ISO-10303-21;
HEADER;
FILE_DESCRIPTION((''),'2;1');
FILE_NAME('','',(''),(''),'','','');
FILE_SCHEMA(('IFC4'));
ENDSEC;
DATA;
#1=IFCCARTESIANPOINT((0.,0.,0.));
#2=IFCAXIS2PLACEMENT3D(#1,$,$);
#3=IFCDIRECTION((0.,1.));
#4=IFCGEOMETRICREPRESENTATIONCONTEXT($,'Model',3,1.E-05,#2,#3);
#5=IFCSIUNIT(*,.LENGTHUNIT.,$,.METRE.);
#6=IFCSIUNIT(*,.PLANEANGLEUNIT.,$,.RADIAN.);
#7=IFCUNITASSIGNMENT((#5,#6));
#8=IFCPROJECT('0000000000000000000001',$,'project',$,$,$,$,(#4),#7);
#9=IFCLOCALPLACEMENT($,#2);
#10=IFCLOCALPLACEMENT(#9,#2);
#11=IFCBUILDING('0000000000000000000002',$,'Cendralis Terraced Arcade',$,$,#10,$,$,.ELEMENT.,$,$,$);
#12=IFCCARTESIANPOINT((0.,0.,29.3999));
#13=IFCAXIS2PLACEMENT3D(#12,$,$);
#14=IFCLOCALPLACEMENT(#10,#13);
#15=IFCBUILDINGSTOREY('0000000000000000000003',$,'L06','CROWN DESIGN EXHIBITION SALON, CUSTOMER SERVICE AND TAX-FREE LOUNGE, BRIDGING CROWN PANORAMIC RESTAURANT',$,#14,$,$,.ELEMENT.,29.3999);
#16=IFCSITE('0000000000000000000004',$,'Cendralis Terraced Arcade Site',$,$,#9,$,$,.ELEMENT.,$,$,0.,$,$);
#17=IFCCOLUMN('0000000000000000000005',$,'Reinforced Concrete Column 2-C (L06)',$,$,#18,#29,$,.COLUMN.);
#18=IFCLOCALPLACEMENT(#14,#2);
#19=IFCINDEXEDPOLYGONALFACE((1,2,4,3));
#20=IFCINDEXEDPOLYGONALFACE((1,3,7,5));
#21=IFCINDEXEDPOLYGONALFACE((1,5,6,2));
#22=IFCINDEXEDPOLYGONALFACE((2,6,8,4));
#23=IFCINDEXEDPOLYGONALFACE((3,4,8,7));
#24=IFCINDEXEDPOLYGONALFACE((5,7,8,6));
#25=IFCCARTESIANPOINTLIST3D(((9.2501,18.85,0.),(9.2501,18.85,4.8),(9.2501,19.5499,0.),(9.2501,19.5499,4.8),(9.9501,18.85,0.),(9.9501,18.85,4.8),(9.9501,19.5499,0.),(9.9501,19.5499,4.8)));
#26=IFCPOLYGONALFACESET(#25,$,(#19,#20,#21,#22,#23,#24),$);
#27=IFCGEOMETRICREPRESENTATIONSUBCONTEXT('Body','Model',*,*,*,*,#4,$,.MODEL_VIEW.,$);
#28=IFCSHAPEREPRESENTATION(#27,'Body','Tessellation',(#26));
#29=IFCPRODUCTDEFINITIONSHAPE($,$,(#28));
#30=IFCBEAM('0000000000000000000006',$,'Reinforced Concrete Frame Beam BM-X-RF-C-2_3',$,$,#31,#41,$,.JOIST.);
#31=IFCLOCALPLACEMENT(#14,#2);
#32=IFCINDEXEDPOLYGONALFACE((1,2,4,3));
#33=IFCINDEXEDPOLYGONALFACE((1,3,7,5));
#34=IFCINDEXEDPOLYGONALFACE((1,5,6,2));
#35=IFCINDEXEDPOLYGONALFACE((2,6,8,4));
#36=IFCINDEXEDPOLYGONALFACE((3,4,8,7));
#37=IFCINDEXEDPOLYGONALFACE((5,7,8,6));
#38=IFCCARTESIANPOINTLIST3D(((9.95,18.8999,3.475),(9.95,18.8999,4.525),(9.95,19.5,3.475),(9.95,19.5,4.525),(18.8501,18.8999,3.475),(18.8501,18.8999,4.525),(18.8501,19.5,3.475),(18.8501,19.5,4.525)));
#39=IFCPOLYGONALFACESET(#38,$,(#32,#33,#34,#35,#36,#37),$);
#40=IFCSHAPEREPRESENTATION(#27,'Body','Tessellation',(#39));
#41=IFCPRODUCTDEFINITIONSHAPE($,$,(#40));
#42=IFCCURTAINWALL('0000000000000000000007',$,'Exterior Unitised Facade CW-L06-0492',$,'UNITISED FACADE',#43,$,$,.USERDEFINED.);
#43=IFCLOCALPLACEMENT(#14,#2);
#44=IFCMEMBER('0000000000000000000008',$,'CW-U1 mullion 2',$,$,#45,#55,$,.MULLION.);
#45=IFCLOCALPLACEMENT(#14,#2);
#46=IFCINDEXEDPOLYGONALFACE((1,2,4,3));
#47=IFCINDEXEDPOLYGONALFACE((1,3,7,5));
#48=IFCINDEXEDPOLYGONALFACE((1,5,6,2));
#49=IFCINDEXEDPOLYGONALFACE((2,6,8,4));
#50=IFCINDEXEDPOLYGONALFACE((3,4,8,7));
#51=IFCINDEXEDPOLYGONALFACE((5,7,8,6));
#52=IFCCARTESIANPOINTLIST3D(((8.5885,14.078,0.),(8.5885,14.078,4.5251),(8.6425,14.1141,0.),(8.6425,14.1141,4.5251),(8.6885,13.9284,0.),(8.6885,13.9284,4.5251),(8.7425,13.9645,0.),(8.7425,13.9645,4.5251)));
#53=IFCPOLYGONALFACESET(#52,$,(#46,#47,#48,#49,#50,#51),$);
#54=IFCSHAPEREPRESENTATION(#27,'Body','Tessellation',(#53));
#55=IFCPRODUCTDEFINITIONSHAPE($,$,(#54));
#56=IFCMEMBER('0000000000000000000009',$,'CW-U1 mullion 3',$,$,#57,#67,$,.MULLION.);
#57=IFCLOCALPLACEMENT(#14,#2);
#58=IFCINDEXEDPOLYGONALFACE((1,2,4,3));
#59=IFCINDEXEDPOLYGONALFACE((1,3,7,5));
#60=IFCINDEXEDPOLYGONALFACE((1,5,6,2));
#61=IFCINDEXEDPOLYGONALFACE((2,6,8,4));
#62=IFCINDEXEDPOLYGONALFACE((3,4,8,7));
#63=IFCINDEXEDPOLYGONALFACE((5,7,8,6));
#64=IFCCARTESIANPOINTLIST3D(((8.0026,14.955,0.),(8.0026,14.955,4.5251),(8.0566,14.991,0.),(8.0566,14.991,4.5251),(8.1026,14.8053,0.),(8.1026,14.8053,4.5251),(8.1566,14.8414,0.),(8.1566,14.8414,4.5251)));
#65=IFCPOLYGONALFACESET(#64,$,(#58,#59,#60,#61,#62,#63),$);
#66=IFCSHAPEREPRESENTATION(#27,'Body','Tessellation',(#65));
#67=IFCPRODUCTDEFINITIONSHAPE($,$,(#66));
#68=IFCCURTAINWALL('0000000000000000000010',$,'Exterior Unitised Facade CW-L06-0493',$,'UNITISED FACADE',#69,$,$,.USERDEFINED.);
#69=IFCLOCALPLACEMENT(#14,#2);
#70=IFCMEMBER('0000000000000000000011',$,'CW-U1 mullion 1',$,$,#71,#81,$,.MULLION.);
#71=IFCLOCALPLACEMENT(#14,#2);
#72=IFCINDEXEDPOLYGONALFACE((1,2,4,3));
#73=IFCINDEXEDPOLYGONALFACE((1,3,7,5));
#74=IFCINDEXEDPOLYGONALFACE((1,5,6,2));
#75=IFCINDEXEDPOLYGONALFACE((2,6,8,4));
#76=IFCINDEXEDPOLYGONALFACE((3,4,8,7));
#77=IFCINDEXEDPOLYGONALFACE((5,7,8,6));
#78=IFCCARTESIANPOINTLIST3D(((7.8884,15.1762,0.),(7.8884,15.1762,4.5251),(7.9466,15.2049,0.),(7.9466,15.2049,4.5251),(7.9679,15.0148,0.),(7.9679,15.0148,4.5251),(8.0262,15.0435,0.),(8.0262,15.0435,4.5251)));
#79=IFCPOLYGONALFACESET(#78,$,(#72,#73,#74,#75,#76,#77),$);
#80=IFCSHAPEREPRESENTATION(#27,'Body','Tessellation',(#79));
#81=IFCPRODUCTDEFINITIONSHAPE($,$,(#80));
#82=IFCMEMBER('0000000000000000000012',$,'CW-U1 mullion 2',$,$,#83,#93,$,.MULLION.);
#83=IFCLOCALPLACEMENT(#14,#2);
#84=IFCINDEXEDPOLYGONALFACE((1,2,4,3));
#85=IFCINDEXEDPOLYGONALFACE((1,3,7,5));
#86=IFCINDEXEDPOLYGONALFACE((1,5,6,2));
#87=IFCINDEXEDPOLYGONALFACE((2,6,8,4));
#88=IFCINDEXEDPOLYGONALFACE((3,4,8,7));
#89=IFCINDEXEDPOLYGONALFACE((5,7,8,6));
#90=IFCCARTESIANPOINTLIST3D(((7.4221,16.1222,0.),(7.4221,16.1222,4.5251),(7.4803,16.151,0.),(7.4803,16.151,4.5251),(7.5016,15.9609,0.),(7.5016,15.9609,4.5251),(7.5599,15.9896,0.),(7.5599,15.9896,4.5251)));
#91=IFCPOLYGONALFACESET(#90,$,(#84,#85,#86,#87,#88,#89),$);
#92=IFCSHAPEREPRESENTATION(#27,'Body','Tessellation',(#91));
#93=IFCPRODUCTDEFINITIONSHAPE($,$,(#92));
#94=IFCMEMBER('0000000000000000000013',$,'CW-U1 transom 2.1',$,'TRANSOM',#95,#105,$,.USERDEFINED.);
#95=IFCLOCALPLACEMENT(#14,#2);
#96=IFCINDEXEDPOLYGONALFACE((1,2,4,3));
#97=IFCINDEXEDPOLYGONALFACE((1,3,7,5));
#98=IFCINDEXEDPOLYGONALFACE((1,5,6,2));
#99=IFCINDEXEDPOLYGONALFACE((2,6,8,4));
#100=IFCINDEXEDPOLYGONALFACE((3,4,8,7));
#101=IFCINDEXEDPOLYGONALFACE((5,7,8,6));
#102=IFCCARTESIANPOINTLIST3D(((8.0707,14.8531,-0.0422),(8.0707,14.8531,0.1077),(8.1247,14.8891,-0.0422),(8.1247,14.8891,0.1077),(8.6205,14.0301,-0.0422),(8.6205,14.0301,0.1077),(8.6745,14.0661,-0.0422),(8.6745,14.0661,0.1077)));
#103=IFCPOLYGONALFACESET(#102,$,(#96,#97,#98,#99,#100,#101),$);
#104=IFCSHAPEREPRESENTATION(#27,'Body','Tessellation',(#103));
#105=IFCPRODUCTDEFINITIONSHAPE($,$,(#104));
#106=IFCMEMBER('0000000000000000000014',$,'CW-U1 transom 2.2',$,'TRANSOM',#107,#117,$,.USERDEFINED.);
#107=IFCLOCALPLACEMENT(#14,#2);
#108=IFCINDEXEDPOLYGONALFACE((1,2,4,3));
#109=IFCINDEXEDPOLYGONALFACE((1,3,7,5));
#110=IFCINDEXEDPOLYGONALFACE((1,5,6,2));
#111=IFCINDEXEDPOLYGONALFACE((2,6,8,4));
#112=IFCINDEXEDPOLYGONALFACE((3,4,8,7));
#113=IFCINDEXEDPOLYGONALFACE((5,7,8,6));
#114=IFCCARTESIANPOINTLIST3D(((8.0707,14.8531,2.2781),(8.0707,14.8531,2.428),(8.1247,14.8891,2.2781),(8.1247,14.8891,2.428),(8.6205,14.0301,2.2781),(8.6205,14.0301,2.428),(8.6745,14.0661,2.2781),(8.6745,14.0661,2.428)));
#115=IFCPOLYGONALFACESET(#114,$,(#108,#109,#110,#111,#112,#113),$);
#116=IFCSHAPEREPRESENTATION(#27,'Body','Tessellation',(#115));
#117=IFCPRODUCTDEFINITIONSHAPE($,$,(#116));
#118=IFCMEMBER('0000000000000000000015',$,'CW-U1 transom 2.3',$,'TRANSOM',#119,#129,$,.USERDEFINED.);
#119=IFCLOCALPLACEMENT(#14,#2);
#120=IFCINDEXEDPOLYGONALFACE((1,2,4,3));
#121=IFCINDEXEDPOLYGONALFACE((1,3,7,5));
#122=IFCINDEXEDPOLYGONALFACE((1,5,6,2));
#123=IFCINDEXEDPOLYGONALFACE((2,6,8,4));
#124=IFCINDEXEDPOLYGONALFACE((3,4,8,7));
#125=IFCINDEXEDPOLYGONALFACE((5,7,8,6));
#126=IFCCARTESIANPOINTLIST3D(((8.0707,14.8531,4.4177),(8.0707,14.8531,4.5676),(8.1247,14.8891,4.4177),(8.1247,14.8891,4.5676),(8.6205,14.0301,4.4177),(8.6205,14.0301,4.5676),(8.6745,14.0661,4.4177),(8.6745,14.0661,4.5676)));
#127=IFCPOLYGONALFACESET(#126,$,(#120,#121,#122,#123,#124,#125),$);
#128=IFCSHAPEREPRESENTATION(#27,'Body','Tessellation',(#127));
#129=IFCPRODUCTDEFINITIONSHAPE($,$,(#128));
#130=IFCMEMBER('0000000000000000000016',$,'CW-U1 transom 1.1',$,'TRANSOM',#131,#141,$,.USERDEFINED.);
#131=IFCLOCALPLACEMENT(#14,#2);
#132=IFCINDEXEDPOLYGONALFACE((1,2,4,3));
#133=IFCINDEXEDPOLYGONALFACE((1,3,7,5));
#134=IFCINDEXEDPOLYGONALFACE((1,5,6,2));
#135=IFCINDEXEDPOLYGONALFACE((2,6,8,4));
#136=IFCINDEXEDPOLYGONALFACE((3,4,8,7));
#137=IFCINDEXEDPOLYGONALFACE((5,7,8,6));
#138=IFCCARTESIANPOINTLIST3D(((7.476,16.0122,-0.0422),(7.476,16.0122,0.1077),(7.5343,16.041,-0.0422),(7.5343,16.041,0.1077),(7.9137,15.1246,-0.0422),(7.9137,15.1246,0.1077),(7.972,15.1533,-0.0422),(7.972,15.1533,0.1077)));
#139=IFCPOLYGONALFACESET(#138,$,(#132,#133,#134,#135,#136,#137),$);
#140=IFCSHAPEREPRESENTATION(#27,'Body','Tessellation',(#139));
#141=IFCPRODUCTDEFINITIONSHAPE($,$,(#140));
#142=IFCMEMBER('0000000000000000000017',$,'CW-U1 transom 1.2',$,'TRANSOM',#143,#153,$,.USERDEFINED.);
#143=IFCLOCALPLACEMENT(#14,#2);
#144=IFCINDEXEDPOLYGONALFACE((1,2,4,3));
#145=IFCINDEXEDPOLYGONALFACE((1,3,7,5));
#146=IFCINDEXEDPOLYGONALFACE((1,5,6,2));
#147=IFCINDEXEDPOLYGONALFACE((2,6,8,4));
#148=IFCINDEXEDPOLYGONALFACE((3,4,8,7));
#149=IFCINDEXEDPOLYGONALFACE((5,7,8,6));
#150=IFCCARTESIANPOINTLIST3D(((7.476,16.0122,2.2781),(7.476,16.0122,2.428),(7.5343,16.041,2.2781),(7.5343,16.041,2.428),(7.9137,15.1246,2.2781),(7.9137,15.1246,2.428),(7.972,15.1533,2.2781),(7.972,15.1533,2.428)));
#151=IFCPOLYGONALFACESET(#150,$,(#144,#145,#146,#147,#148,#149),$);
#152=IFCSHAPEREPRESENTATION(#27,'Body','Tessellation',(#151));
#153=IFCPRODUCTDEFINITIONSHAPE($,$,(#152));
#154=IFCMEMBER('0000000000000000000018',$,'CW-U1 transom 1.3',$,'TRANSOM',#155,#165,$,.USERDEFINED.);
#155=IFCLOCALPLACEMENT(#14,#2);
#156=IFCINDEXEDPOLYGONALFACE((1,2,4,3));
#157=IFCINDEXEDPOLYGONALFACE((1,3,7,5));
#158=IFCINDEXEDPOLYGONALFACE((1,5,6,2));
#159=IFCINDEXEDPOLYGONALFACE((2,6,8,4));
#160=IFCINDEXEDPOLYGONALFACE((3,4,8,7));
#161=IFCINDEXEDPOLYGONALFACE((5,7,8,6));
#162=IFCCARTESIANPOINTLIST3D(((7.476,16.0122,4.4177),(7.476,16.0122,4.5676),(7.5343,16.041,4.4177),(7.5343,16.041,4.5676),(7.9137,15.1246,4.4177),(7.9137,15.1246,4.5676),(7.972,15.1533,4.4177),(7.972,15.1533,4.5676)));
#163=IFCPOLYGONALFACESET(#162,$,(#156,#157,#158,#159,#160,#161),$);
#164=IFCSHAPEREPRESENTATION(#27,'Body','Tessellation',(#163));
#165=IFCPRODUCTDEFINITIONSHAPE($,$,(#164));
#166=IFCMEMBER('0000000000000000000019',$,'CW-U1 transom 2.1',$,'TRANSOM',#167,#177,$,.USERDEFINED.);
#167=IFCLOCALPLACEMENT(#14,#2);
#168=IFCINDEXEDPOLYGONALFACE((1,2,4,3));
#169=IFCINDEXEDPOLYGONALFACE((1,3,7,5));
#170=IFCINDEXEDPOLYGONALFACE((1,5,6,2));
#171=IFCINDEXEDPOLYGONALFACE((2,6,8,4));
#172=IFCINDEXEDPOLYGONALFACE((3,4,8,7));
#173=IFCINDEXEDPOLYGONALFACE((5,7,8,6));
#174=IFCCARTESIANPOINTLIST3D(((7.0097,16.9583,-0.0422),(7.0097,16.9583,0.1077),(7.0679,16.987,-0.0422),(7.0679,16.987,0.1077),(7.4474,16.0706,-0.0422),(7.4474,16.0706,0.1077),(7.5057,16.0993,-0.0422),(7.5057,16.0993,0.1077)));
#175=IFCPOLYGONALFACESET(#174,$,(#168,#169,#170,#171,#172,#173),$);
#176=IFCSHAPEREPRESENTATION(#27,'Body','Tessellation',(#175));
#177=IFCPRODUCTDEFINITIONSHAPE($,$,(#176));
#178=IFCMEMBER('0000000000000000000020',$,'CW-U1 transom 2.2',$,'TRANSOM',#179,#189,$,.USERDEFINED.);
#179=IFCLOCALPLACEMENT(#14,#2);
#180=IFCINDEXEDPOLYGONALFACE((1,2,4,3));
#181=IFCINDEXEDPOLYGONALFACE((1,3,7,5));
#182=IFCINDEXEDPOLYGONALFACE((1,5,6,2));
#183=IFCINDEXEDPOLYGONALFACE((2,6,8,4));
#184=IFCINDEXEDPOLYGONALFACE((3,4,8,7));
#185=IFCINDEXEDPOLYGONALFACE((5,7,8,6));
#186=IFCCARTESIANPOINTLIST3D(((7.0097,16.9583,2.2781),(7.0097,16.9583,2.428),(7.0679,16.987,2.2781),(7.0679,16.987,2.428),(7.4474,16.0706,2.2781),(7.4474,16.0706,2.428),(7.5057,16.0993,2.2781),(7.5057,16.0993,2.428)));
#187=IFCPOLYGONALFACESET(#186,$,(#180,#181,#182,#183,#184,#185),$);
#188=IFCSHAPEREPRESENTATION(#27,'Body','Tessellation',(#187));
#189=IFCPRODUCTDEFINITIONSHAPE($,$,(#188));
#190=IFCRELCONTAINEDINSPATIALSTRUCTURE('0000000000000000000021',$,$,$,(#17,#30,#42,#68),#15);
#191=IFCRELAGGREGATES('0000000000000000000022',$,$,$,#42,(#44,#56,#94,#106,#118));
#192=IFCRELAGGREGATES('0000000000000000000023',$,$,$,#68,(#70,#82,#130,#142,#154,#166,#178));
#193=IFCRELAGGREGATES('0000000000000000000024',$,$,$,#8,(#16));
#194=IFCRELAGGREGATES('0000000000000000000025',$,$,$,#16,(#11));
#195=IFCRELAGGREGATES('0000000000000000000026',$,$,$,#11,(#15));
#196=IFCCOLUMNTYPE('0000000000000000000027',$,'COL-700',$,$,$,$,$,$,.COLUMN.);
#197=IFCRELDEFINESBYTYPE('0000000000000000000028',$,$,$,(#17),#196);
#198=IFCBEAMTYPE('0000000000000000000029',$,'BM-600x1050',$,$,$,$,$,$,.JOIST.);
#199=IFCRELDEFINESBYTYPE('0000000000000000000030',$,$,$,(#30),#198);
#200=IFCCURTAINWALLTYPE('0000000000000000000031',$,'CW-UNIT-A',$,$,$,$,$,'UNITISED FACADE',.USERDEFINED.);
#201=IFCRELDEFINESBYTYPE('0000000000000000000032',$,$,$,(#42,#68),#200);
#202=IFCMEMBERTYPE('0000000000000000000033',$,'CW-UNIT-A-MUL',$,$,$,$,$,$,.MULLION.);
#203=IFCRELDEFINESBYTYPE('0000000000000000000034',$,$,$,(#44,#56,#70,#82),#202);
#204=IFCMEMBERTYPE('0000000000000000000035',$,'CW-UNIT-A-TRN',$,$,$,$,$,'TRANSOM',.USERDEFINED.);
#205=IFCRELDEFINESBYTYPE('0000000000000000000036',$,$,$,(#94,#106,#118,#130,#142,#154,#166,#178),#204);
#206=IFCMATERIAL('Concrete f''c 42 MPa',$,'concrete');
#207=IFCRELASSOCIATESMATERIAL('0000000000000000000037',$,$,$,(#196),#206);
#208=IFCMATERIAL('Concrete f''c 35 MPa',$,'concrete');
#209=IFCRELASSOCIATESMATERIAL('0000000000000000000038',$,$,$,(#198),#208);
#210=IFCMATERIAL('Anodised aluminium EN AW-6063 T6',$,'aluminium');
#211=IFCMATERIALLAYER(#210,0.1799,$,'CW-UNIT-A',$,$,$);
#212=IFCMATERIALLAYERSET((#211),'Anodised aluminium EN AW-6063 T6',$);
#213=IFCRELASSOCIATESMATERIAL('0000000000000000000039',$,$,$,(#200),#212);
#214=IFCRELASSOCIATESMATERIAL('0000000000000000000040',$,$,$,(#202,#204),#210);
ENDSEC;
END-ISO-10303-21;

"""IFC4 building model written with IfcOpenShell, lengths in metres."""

from ifc_helpers import new_model, si_unit, direction, frame, origin, origin_2d, place, context, subcontext, project, spatial, rectangle, extrude, material, layer, layer_set, material_profile, profile_set, type_object, element, aggregate, save


model = new_model("IFC4")

# Units and contexts
model_context = context("Model", 3, precision=1e-05, world=origin(), true_north=direction((0.0, 1.0)))
body_context = subcontext(model_context, "Body", "Model", "MODEL_VIEW")
ifc_project = project(units=[si_unit("LENGTHUNIT", "METRE"), si_unit("PLANEANGLEUNIT", "RADIAN")], contexts=[model_context])

# Site, building, storey
site_placement = place(None, origin())
site = spatial("IfcSite", under=ifc_project, at=site_placement, Name="Cendralis Terraced Arcade Site", CompositionType="ELEMENT", RefElevation=0.0)
building_placement = place(site_placement, origin())
building = spatial("IfcBuilding", under=site, at=building_placement, Name="Cendralis Terraced Arcade", CompositionType="ELEMENT")
storey_placement = place(building_placement, frame((0.0, 0.0, 29.3999)))
storey = spatial("IfcBuildingStorey", under=building, at=storey_placement, Name="L06", Description="CROWN DESIGN EXHIBITION SALON, CUSTOMER SERVICE AND TAX-FREE LOUNGE, BRIDGING CROWN PANORAMIC RESTAURANT", CompositionType="ELEMENT", Elevation=29.3999)

# Column
ifc_material_1 = material(Name="Concrete f'c 42 MPa", Category="concrete")
ifc_material_profile_1 = material_profile(ifc_material_1, rectangle(XDim=0.7, YDim=0.7, at=origin_2d()), Name="RC-COL-700x700", Category="LoadBearing")
ifc_profile_set_1 = profile_set([ifc_material_profile_1], Name="Concrete f'c 42 MPa")
column_type = type_object("IfcColumnType", Name="COL-700", PredefinedType="COLUMN", material=ifc_profile_set_1)
column_placement = place(storey_placement, frame((9.6001, 19.2, 0.0), z_axis=(0.0, 0.0, 1.0), x_axis=(1.0, 0.0, 0.0)))
element("IfcColumn", 1, at=column_placement, inside=storey, type_object=column_type, Name="Reinforced Concrete Column 2-C (L06)", PredefinedType="COLUMN", context=body_context, shape_type="SweptSolid", body=[
    extrude(rectangle(XDim=0.7, YDim=0.7, at=origin_2d()), origin(), (0.0, 0.0, 1.0), 4.8),
])

# Beam
ifc_material_2 = material(Name="Concrete f'c 35 MPa", Category="concrete")
ifc_material_profile_2 = material_profile(ifc_material_2, rectangle(XDim=0.6001, YDim=1.05, at=origin_2d()), Name="RC-BM-600x1050", Category="LoadBearing")
ifc_profile_set_2 = profile_set([ifc_material_profile_2], Name="Concrete f'c 35 MPa")
beam_type = type_object("IfcBeamType", Name="BM-600x1050", PredefinedType="JOIST", material=ifc_profile_set_2)
beam_placement = place(storey_placement, frame((9.95, 19.2, 4.0), z_axis=(1.0, 0.0, 0.0), x_axis=(0.0, 1.0, 0.0)))
element("IfcBeam", 2, at=beam_placement, inside=storey, type_object=beam_type, Name="Reinforced Concrete Frame Beam BM-X-RF-C-2_3", PredefinedType="JOIST", context=body_context, shape_type="SweptSolid", body=[
    extrude(rectangle(XDim=0.6001, YDim=1.05, at=origin_2d()), origin(), (0.0, 0.0, 1.0), 8.9001),
])

# Curtain walls, members
ifc_material_3 = material(Name="Anodised aluminium EN AW-6063 T6", Category="aluminium")
ifc_layer_1 = layer(ifc_material_3, 0.1799, Name="CW-UNIT-A")
ifc_layer_set_1 = layer_set([ifc_layer_1], Name="Anodised aluminium EN AW-6063 T6")
curtain_wall_type = type_object("IfcCurtainWallType", Name="CW-UNIT-A", ElementType="UNITISED FACADE", PredefinedType="USERDEFINED", material=ifc_layer_set_1)
curtain_wall_1_placement = place(storey_placement, origin())
curtain_wall_1 = element("IfcCurtainWall", 3, at=curtain_wall_1_placement, inside=storey, type_object=curtain_wall_type, Name="Exterior Unitised Facade CW-L06-0492", ObjectType="UNITISED FACADE", PredefinedType="USERDEFINED")
ifc_material_profile_3 = material_profile(ifc_material_3, rectangle(XDim=0.0649, YDim=0.1799, at=origin_2d()), Name="ALU-MUL-65x180")
ifc_profile_set_3 = profile_set([ifc_material_profile_3], Name="Anodised aluminium EN AW-6063 T6")
member_type_1 = type_object("IfcMemberType", Name="CW-UNIT-A-MUL", PredefinedType="MULLION", material=ifc_profile_set_3)
member_1_placement = place(storey_placement, frame((8.6655, 14.0212, 0.0), z_axis=(0.0, 0.0, 1.0), x_axis=(-0.831477, -0.555559, 0.0)))
member_1 = element("IfcMember", 4, at=member_1_placement, type_object=member_type_1, Name="CW-U1 mullion 2", PredefinedType="MULLION", context=body_context, shape_type="SweptSolid", body=[
    extrude(rectangle(XDim=0.0649, YDim=0.1799, at=origin_2d()), origin(), (0.0, 0.0, 1.0), 4.5251),
])
member_2_placement = place(storey_placement, frame((8.0796, 14.8982, 0.0), z_axis=(0.0, 0.0, 1.0), x_axis=(-0.831477, -0.555559, 0.0)))
member_2 = element("IfcMember", 5, at=member_2_placement, type_object=member_type_1, Name="CW-U1 mullion 3", PredefinedType="MULLION", context=body_context, shape_type="SweptSolid", body=[
    extrude(rectangle(XDim=0.0649, YDim=0.1799, at=origin_2d()), origin(), (0.0, 0.0, 1.0), 4.5251),
])
curtain_wall_2_placement = place(storey_placement, origin())
curtain_wall_2 = element("IfcCurtainWall", 6, at=curtain_wall_2_placement, inside=storey, type_object=curtain_wall_type, Name="Exterior Unitised Facade CW-L06-0493", ObjectType="UNITISED FACADE", PredefinedType="USERDEFINED")
member_3_placement = place(storey_placement, frame((7.9573, 15.1099, 0.0), z_axis=(0.0, 0.0, 1.0), x_axis=(-0.896888, -0.442259, 0.0)))
member_3 = element("IfcMember", 7, at=member_3_placement, type_object=member_type_1, Name="CW-U1 mullion 1", PredefinedType="MULLION", context=body_context, shape_type="SweptSolid", body=[
    extrude(rectangle(XDim=0.0649, YDim=0.1799, at=origin_2d()), origin(), (0.0, 0.0, 1.0), 4.5251),
])
member_4_placement = place(storey_placement, frame((7.491, 16.0559, 0.0), z_axis=(0.0, 0.0, 1.0), x_axis=(-0.896888, -0.442259, 0.0)))
member_4 = element("IfcMember", 8, at=member_4_placement, type_object=member_type_1, Name="CW-U1 mullion 2", PredefinedType="MULLION", context=body_context, shape_type="SweptSolid", body=[
    extrude(rectangle(XDim=0.0649, YDim=0.1799, at=origin_2d()), origin(), (0.0, 0.0, 1.0), 4.5251),
])

# Members
ifc_material_profile_4 = material_profile(ifc_material_3, rectangle(XDim=0.0649, YDim=0.1499, at=origin_2d()), Name="ALU-TRN-65x150")
ifc_profile_set_4 = profile_set([ifc_material_profile_4], Name="Anodised aluminium EN AW-6063 T6")
member_type_2 = type_object("IfcMemberType", Name="CW-UNIT-A-TRN", ElementType="TRANSOM", PredefinedType="USERDEFINED", material=ifc_profile_set_4)
member_5_placement = place(storey_placement, frame((8.6475, 14.0481, 0.0327), z_axis=(-0.555497, 0.831519, 0.0), x_axis=(-0.831519, -0.555497, 0.0)))
member_5 = element("IfcMember", 9, at=member_5_placement, type_object=member_type_2, Name="CW-U1 transom 2.1", ObjectType="TRANSOM", PredefinedType="USERDEFINED", context=body_context, shape_type="SweptSolid", body=[
    extrude(rectangle(XDim=0.0649, YDim=0.1499, at=origin_2d()), origin(), (0.0, 0.0, 1.0), 0.9897),
])
member_6_placement = place(storey_placement, frame((8.6475, 14.0481, 2.353), z_axis=(-0.555497, 0.831519, 0.0), x_axis=(-0.831519, -0.555497, 0.0)))
member_6 = element("IfcMember", 10, at=member_6_placement, type_object=member_type_2, Name="CW-U1 transom 2.2", ObjectType="TRANSOM", PredefinedType="USERDEFINED", context=body_context, shape_type="SweptSolid", body=[
    extrude(rectangle(XDim=0.0649, YDim=0.1499, at=origin_2d()), origin(), (0.0, 0.0, 1.0), 0.9897),
])
member_7_placement = place(storey_placement, frame((8.6475, 14.0481, 4.4927), z_axis=(-0.555497, 0.831519, 0.0), x_axis=(-0.831519, -0.555497, 0.0)))
member_7 = element("IfcMember", 11, at=member_7_placement, type_object=member_type_2, Name="CW-U1 transom 2.3", ObjectType="TRANSOM", PredefinedType="USERDEFINED", context=body_context, shape_type="SweptSolid", body=[
    extrude(rectangle(XDim=0.0649, YDim=0.1499, at=origin_2d()), origin(), (0.0, 0.0, 1.0), 0.9897),
])
member_8_placement = place(storey_placement, frame((7.9429, 15.1389, 0.0327), z_axis=(-0.442273, 0.89688, 0.0), x_axis=(-0.89688, -0.442273, 0.0)))
member_8 = element("IfcMember", 12, at=member_8_placement, type_object=member_type_2, Name="CW-U1 transom 1.1", ObjectType="TRANSOM", PredefinedType="USERDEFINED", context=body_context, shape_type="SweptSolid", body=[
    extrude(rectangle(XDim=0.0649, YDim=0.1499, at=origin_2d()), origin(), (0.0, 0.0, 1.0), 0.9897),
])
member_9_placement = place(storey_placement, frame((7.9429, 15.1389, 2.353), z_axis=(-0.442273, 0.89688, 0.0), x_axis=(-0.89688, -0.442273, 0.0)))
member_9 = element("IfcMember", 13, at=member_9_placement, type_object=member_type_2, Name="CW-U1 transom 1.2", ObjectType="TRANSOM", PredefinedType="USERDEFINED", context=body_context, shape_type="SweptSolid", body=[
    extrude(rectangle(XDim=0.0649, YDim=0.1499, at=origin_2d()), origin(), (0.0, 0.0, 1.0), 0.9897),
])
member_10_placement = place(storey_placement, frame((7.9429, 15.1389, 4.4927), z_axis=(-0.442273, 0.89688, 0.0), x_axis=(-0.89688, -0.442273, 0.0)))
member_10 = element("IfcMember", 14, at=member_10_placement, type_object=member_type_2, Name="CW-U1 transom 1.3", ObjectType="TRANSOM", PredefinedType="USERDEFINED", context=body_context, shape_type="SweptSolid", body=[
    extrude(rectangle(XDim=0.0649, YDim=0.1499, at=origin_2d()), origin(), (0.0, 0.0, 1.0), 0.9897),
])
member_11_placement = place(storey_placement, frame((7.4766, 16.085, 0.0327), z_axis=(-0.442273, 0.89688, 0.0), x_axis=(-0.89688, -0.442273, 0.0)))
member_11 = element("IfcMember", 15, at=member_11_placement, type_object=member_type_2, Name="CW-U1 transom 2.1", ObjectType="TRANSOM", PredefinedType="USERDEFINED", context=body_context, shape_type="SweptSolid", body=[
    extrude(rectangle(XDim=0.0649, YDim=0.1499, at=origin_2d()), origin(), (0.0, 0.0, 1.0), 0.9897),
])
member_12_placement = place(storey_placement, frame((7.4766, 16.085, 2.353), z_axis=(-0.442273, 0.89688, 0.0), x_axis=(-0.89688, -0.442273, 0.0)))
member_12 = element("IfcMember", 16, at=member_12_placement, type_object=member_type_2, Name="CW-U1 transom 2.2", ObjectType="TRANSOM", PredefinedType="USERDEFINED", context=body_context, shape_type="SweptSolid", body=[
    extrude(rectangle(XDim=0.0649, YDim=0.1499, at=origin_2d()), origin(), (0.0, 0.0, 1.0), 0.9897),
])

aggregate(curtain_wall_1, [member_1, member_2, member_5, member_6, member_7])
aggregate(curtain_wall_2, [member_3, member_4, member_8, member_9, member_10, member_11, member_12])

save(model, "model.ifc")
